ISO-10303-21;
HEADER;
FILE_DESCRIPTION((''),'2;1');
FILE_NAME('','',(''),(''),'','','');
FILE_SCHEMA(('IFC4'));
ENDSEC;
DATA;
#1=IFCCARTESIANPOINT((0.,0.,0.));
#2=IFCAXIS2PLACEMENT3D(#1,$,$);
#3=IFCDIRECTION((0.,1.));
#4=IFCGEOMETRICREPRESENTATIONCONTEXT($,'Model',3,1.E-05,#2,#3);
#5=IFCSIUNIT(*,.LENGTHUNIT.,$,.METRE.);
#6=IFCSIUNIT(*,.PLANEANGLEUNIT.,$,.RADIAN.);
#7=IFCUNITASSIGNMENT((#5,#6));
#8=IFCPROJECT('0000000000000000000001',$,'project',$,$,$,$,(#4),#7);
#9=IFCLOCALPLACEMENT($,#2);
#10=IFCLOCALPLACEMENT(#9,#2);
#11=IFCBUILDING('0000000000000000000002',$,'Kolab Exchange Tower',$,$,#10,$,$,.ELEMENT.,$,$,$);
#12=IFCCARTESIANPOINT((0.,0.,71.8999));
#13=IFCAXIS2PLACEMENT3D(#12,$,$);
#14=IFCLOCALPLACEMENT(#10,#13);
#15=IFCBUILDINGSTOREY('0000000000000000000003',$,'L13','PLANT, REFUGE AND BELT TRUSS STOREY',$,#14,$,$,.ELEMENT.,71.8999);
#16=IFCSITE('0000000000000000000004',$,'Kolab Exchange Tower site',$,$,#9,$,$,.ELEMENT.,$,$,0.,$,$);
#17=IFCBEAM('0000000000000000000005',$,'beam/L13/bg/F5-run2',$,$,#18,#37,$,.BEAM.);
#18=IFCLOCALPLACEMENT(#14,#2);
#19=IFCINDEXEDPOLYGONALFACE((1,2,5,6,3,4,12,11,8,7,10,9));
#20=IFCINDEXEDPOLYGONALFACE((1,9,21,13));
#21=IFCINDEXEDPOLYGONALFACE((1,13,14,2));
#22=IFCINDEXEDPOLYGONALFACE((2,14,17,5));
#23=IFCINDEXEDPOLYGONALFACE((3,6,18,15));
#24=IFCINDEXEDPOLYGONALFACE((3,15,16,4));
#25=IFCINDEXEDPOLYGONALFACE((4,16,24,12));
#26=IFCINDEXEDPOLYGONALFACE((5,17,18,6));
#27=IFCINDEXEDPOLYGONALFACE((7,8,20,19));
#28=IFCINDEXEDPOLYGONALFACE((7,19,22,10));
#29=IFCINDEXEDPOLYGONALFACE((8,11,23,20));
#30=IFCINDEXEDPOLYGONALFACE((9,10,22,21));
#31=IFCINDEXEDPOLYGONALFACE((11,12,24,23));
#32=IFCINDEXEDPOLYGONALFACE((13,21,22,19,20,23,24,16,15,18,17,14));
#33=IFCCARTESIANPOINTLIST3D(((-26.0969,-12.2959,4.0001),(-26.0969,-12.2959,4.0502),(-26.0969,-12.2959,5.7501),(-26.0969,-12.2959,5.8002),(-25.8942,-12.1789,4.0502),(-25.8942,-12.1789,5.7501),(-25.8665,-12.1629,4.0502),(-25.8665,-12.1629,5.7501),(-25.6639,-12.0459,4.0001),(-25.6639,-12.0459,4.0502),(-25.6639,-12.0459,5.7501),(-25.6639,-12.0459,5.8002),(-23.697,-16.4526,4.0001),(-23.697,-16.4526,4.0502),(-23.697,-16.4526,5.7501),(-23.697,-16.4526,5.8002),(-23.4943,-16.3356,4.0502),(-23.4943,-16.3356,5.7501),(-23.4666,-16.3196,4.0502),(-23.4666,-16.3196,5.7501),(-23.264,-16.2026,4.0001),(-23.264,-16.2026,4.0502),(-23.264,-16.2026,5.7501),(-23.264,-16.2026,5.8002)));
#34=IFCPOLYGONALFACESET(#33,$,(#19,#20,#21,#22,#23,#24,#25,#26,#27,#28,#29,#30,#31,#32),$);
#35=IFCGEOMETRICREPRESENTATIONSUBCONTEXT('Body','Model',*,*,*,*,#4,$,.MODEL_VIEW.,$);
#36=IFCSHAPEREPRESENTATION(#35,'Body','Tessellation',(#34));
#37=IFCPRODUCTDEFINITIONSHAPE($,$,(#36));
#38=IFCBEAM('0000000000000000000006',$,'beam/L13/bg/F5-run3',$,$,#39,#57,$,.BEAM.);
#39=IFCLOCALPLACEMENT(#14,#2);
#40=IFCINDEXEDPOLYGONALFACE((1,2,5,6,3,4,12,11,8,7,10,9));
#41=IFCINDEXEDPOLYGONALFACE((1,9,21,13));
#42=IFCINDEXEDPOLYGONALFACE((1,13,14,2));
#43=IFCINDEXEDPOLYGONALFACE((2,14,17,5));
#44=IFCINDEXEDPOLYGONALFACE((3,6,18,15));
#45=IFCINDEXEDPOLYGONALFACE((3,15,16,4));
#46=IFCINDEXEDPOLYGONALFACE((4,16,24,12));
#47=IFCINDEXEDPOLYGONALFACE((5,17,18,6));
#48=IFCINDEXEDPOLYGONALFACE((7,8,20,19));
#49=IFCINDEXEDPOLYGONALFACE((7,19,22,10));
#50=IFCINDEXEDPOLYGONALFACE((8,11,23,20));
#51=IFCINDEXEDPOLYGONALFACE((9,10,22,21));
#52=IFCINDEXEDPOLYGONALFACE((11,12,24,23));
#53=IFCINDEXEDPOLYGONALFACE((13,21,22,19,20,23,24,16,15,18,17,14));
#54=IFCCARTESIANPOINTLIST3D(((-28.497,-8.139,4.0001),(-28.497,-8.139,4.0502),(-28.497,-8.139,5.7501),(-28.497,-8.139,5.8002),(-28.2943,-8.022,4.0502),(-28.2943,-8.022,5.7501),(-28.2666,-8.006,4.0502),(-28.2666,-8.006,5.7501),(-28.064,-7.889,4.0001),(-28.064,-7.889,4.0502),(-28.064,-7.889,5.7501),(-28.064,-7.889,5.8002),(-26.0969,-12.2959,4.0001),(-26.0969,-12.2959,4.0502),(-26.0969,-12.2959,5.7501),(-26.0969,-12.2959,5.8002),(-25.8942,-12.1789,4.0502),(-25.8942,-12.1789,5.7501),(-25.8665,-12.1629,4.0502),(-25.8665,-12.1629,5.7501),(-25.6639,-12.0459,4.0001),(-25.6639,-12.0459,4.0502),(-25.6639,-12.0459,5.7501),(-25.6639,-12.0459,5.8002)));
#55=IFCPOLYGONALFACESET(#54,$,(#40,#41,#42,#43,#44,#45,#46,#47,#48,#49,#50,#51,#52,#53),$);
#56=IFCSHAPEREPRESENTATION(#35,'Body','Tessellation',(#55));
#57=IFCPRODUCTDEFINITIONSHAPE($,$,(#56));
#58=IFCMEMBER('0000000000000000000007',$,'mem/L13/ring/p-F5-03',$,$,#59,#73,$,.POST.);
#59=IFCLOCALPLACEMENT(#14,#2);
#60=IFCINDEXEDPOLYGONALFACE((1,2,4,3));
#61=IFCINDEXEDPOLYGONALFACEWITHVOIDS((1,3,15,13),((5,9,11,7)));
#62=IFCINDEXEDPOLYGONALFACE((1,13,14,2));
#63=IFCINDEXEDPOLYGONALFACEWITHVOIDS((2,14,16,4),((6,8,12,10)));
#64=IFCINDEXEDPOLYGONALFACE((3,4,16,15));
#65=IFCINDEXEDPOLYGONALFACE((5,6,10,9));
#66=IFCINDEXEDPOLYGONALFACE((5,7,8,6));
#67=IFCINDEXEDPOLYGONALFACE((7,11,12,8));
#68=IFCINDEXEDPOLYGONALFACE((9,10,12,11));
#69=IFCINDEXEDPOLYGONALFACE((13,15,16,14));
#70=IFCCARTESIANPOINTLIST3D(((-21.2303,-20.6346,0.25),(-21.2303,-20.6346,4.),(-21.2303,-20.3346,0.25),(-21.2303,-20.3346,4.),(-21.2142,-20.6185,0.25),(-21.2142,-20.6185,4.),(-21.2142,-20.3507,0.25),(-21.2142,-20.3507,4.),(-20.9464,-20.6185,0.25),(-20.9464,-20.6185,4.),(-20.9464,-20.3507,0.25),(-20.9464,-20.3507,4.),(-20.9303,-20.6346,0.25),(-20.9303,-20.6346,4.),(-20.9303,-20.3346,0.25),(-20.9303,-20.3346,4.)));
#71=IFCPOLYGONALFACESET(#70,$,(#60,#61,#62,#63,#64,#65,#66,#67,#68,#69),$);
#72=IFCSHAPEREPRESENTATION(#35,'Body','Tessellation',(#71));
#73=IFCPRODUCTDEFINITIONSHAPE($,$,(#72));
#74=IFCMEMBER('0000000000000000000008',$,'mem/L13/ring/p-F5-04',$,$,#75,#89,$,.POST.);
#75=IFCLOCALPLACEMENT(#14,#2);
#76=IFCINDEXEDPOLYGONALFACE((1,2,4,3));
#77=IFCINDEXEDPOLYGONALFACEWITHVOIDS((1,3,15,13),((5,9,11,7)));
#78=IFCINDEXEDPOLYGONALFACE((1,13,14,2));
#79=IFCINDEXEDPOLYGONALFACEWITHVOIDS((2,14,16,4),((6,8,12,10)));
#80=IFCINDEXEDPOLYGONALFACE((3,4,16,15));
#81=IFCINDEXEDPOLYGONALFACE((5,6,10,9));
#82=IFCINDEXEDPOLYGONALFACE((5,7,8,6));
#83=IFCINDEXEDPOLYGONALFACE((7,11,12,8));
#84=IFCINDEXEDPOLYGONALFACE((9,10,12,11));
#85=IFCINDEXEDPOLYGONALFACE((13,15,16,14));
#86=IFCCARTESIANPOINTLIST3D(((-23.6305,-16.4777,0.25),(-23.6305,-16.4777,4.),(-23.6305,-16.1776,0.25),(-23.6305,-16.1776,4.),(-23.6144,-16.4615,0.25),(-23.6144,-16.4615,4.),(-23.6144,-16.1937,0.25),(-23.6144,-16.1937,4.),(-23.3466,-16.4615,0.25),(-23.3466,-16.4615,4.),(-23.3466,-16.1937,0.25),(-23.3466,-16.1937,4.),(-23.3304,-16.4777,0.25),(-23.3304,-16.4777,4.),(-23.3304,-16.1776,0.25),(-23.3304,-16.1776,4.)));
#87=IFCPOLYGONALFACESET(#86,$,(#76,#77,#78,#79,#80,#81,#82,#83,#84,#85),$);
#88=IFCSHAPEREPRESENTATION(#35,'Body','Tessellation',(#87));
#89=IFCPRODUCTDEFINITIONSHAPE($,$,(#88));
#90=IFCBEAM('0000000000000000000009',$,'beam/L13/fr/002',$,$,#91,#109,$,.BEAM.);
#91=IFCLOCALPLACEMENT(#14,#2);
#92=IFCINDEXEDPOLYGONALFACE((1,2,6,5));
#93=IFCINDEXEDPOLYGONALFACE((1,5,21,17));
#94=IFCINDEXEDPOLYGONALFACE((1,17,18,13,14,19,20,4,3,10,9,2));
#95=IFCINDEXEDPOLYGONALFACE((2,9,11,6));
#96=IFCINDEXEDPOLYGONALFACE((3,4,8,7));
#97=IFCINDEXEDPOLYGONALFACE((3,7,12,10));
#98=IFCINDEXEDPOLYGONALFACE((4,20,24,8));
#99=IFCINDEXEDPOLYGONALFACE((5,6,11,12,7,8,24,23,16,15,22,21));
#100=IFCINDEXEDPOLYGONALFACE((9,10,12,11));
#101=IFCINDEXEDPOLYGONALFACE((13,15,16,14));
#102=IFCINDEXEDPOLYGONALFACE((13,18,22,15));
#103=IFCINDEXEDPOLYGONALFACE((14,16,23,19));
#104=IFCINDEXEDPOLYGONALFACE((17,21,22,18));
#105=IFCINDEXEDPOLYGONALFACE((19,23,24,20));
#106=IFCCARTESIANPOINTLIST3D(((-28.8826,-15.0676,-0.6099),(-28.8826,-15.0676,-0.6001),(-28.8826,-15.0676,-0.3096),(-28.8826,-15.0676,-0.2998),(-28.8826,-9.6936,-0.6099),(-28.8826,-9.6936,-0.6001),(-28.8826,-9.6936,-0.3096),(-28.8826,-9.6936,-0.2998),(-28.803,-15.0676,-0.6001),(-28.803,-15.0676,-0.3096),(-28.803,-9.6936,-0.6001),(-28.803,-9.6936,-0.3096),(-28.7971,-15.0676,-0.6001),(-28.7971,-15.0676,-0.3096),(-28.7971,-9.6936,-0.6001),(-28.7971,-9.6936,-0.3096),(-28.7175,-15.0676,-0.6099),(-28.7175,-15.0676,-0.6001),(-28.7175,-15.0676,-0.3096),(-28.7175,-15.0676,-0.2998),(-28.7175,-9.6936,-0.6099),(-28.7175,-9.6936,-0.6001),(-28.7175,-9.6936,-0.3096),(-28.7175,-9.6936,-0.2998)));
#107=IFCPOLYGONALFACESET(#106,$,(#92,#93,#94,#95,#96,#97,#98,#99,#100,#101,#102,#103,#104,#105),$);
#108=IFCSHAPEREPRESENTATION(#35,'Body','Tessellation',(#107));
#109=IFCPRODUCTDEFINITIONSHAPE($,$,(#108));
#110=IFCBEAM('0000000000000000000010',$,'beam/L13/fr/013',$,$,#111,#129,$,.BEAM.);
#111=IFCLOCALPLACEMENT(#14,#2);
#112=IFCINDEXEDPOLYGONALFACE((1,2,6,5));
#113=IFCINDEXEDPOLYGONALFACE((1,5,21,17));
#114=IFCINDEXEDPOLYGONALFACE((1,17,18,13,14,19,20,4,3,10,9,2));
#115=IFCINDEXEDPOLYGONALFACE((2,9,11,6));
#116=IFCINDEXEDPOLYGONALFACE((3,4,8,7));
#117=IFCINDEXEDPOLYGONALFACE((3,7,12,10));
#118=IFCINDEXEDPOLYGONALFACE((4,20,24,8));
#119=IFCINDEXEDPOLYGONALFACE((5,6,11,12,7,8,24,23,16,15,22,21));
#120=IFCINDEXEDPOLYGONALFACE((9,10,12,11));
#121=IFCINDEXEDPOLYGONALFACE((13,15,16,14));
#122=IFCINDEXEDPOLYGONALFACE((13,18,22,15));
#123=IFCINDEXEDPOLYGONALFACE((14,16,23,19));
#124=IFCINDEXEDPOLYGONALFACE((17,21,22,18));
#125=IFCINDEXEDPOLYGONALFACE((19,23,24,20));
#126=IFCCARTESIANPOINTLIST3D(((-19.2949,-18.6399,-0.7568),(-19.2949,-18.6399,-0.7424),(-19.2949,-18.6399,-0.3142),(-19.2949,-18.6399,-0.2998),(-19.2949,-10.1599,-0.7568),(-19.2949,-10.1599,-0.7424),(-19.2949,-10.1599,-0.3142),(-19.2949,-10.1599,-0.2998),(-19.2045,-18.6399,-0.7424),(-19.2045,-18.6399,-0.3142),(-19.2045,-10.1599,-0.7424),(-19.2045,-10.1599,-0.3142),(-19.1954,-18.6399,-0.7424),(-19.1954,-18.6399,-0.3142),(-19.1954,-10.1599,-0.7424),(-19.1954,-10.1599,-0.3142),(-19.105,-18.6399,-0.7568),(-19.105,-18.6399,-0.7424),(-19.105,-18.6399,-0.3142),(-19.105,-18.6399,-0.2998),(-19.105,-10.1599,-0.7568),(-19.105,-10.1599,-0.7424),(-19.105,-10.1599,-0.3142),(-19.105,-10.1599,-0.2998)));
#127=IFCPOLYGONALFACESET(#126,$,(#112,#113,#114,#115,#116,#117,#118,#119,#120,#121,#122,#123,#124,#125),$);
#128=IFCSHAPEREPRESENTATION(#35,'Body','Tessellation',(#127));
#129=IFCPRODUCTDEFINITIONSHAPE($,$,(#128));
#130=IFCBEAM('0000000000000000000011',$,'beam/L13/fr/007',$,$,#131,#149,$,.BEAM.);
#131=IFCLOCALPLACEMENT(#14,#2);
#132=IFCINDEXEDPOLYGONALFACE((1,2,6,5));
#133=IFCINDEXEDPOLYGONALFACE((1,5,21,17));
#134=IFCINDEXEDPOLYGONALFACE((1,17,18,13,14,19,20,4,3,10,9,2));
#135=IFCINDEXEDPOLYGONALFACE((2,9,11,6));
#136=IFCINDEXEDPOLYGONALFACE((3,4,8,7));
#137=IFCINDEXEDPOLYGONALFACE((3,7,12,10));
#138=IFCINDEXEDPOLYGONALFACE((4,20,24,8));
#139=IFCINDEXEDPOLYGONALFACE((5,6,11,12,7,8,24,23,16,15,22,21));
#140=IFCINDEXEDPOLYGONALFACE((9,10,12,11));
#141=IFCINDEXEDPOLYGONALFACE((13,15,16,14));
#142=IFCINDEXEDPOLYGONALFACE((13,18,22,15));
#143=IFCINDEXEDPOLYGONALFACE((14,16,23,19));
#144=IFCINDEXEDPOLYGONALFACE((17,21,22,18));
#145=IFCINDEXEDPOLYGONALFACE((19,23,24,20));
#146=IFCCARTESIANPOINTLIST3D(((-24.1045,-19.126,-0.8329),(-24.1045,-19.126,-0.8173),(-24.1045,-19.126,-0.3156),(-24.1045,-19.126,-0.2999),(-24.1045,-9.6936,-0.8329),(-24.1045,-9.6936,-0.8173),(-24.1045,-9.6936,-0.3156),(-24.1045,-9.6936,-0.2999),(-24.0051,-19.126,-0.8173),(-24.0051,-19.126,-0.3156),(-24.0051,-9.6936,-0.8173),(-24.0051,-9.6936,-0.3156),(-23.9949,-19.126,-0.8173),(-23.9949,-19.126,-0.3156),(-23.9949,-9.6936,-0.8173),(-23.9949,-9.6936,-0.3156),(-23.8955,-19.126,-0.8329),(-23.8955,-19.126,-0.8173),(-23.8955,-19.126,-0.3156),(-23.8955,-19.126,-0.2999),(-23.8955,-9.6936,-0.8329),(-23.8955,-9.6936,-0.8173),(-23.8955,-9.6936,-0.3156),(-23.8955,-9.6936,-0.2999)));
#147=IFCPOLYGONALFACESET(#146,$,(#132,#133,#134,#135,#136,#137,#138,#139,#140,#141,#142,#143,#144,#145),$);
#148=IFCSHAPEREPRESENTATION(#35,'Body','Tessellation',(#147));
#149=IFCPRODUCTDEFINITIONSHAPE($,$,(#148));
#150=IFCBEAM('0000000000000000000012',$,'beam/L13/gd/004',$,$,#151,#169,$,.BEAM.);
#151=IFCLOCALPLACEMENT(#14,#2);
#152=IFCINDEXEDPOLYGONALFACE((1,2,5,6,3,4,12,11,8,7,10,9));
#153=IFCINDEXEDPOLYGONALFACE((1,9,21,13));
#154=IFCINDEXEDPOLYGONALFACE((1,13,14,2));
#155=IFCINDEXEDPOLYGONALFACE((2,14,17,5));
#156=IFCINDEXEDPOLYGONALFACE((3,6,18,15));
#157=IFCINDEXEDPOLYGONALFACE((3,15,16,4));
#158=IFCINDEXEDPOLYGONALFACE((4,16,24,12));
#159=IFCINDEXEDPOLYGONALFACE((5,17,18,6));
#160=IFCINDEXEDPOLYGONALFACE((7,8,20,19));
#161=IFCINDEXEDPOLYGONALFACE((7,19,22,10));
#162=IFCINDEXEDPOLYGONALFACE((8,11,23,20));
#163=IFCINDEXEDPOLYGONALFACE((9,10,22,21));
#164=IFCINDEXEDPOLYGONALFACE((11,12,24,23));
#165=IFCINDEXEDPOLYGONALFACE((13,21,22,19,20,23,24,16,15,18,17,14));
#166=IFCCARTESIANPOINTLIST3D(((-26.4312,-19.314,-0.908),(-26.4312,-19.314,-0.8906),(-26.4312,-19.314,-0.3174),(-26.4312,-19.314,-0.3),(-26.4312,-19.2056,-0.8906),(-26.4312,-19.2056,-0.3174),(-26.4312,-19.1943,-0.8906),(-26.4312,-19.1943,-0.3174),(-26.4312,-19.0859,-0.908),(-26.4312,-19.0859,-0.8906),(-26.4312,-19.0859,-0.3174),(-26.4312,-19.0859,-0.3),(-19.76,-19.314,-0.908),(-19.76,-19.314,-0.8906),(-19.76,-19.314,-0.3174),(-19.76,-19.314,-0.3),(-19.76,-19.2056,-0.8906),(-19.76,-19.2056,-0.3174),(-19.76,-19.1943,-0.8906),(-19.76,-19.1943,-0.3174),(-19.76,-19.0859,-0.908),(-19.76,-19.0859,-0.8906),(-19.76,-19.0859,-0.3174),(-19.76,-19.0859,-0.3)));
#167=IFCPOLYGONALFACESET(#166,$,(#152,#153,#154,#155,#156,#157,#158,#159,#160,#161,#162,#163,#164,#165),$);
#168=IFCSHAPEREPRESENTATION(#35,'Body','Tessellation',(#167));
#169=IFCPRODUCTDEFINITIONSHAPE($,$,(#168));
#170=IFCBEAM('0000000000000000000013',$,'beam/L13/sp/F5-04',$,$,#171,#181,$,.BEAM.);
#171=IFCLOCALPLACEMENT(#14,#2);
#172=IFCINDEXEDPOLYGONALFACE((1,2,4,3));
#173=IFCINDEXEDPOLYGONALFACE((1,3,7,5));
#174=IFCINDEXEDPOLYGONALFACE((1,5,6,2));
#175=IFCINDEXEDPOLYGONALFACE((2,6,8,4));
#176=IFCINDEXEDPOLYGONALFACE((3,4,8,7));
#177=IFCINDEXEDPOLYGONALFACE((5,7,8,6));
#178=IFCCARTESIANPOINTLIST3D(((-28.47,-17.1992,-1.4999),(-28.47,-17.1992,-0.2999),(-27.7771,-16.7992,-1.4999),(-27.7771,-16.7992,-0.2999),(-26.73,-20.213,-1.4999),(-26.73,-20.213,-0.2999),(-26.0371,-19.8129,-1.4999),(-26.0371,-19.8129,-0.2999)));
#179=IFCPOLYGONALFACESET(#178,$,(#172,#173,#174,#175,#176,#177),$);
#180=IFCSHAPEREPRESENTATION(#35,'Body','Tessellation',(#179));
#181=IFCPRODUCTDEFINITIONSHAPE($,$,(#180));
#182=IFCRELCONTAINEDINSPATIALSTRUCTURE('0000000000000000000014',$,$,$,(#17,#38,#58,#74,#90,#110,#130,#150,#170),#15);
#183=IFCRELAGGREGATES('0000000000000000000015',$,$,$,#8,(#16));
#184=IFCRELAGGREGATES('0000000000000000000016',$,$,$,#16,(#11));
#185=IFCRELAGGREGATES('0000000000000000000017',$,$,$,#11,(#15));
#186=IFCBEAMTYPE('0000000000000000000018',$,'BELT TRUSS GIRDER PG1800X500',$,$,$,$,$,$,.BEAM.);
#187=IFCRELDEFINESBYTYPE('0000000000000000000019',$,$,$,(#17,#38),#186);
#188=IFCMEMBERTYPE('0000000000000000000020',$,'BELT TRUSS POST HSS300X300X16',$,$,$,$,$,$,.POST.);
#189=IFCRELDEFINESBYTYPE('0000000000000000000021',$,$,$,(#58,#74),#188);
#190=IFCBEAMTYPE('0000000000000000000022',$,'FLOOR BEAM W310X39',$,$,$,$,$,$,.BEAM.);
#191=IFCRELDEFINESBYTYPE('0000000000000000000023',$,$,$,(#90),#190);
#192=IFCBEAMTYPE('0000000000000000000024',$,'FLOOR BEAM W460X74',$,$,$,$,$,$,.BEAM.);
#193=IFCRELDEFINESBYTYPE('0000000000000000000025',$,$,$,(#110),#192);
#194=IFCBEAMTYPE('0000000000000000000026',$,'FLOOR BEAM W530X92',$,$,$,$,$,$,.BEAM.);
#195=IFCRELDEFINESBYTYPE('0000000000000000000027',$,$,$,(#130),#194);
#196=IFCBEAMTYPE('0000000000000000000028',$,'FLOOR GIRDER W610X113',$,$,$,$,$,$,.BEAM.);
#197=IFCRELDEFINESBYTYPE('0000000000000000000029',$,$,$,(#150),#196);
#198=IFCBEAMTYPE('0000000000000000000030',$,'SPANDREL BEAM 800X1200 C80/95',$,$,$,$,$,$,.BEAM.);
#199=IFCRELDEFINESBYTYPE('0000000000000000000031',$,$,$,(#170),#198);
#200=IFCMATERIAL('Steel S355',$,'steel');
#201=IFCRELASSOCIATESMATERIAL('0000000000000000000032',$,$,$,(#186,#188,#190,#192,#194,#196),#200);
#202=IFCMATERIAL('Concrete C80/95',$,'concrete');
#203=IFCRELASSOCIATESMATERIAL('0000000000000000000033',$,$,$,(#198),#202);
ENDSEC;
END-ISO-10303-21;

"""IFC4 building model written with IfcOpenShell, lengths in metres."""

from ifc_helpers import new_model, si_unit, direction, frame, origin, origin_2d, place, context, subcontext, project, spatial, rectangle, hollow_rectangle, i_section, extrude, material, material_profile, profile_set, type_object, element, save


model = new_model("IFC4")

# Units and contexts
model_context = context("Model", 3, precision=1e-05, world=origin(), true_north=direction((0.0, 1.0)))
body_context = subcontext(model_context, "Body", "Model", "MODEL_VIEW")
ifc_project = project(units=[si_unit("LENGTHUNIT", "METRE"), si_unit("PLANEANGLEUNIT", "RADIAN")], contexts=[model_context])

# Site, building, storey
site_placement = place(None, origin())
site = spatial("IfcSite", under=ifc_project, at=site_placement, Name="Kolab Exchange Tower site", CompositionType="ELEMENT", RefElevation=0.0)
building_placement = place(site_placement, origin())
building = spatial("IfcBuilding", under=site, at=building_placement, Name="Kolab Exchange Tower", CompositionType="ELEMENT")
storey_placement = place(building_placement, frame((0.0, 0.0, 71.8999)))
storey = spatial("IfcBuildingStorey", under=building, at=storey_placement, Name="L13", Description="PLANT, REFUGE AND BELT TRUSS STOREY", CompositionType="ELEMENT", Elevation=71.8999)

# Shared definitions
ifc_material_1 = material(Name="Concrete C80/95", Category="concrete")

# Shared definitions
ifc_material_2 = material(Name="Steel S355", Category="steel")

# Beams
ifc_material_profile_1 = material_profile(ifc_material_2, i_section(OverallWidth=0.5, OverallDepth=1.8, WebThickness=0.032, FlangeThickness=0.05, at=origin_2d()), Name="PG1800X500")
ifc_profile_set_1 = profile_set([ifc_material_profile_1], Name="Steel S355")
beam_type_1 = type_object("IfcBeamType", Name="BELT TRUSS GIRDER PG1800X500", PredefinedType="BEAM", material=ifc_profile_set_1)
beam_1_placement = place(storey_placement, frame((-23.4805, -16.3276, 4.9001), z_axis=(-0.500001, 0.866025, 0.0), x_axis=(-0.866025, -0.500001, 0.0)))
element("IfcBeam", 1, at=beam_1_placement, inside=storey, type_object=beam_type_1, Name="beam/L13/bg/F5-run2", PredefinedType="BEAM", context=body_context, shape_type="SweptSolid", body=[
    extrude(i_section(OverallWidth=0.5, OverallDepth=1.8, WebThickness=0.032, FlangeThickness=0.05, at=origin_2d()), origin(), (0.0, 0.0, 1.0), 4.7998),
])
beam_2_placement = place(storey_placement, frame((-25.8804, -12.1709, 4.9001), z_axis=(-0.500017, 0.866015, 0.0), x_axis=(-0.866015, -0.500017, 0.0)))
element("IfcBeam", 2, at=beam_2_placement, inside=storey, type_object=beam_type_1, Name="beam/L13/bg/F5-run3", PredefinedType="BEAM", context=body_context, shape_type="SweptSolid", body=[
    extrude(i_section(OverallWidth=0.5, OverallDepth=1.8, WebThickness=0.032, FlangeThickness=0.05, at=origin_2d()), origin(), (0.0, 0.0, 1.0), 4.8),
])

# Members
ifc_material_profile_2 = material_profile(ifc_material_2, hollow_rectangle(XDim=0.3, YDim=0.3, WallThickness=0.0161, at=origin_2d()), Name="HSS300X300X16")
ifc_profile_set_2 = profile_set([ifc_material_profile_2], Name="Steel S355")
member_type_1 = type_object("IfcMemberType", Name="BELT TRUSS POST HSS300X300X16", PredefinedType="POST", material=ifc_profile_set_2)
for number, where, z_axis, x_axis, name in (
    (3, (-21.0803, -20.4846, 0.25), (0.0, 0.0, 1.0), (1.0, 0.0, 0.0), "mem/L13/ring/p-F5-03"),
    (4, (-23.4805, -16.3276, 0.25), (0.0, 0.0, 1.0), (1.0, 0.0, 0.0), "mem/L13/ring/p-F5-04"),
):
    element("IfcMember", number, at=place(storey_placement, frame(where, z_axis=z_axis, x_axis=x_axis)), inside=storey, type_object=member_type_1, Name=name, PredefinedType="POST", context=body_context, shape_type="SweptSolid", body=[
        extrude(hollow_rectangle(XDim=0.3, YDim=0.3, WallThickness=0.0161, at=origin_2d()), origin(), (0.0, 0.0, 1.0), 3.75),
    ])

# Beams
ifc_material_profile_3 = material_profile(ifc_material_2, i_section(OverallWidth=0.165, OverallDepth=0.3101, WebThickness=0.0059, FlangeThickness=0.0098, at=origin_2d()), Name="W310X39")
ifc_profile_set_3 = profile_set([ifc_material_profile_3], Name="Steel S355")
beam_type_2 = type_object("IfcBeamType", Name="FLOOR BEAM W310X39", PredefinedType="BEAM", material=ifc_profile_set_3)
beam_3_placement = place(storey_placement, frame((-28.8, -15.0676, -0.4548), z_axis=(0.0, 1.0, 0.0), x_axis=(-1.0, 0.0, 0.0)))
element("IfcBeam", 5, at=beam_3_placement, inside=storey, type_object=beam_type_2, Name="beam/L13/fr/002", PredefinedType="BEAM", context=body_context, shape_type="SweptSolid", body=[
    extrude(i_section(OverallWidth=0.165, OverallDepth=0.3101, WebThickness=0.0059, FlangeThickness=0.0098, at=origin_2d()), origin(), (0.0, 0.0, 1.0), 5.374),
])
ifc_material_profile_4 = material_profile(ifc_material_2, i_section(OverallWidth=0.1899, OverallDepth=0.457, WebThickness=0.009, FlangeThickness=0.0144, at=origin_2d()), Name="W460X74")
ifc_profile_set_4 = profile_set([ifc_material_profile_4], Name="Steel S355")
beam_type_3 = type_object("IfcBeamType", Name="FLOOR BEAM W460X74", PredefinedType="BEAM", material=ifc_profile_set_4)
beam_4_placement = place(storey_placement, frame((-19.2, -18.6399, -0.5283), z_axis=(0.0, 1.0, 0.0), x_axis=(-1.0, 0.0, 0.0)))
element("IfcBeam", 6, at=beam_4_placement, inside=storey, type_object=beam_type_3, Name="beam/L13/fr/013", PredefinedType="BEAM", context=body_context, shape_type="SweptSolid", body=[
    extrude(i_section(OverallWidth=0.1899, OverallDepth=0.457, WebThickness=0.009, FlangeThickness=0.0144, at=origin_2d()), origin(), (0.0, 0.0, 1.0), 8.48),
])
ifc_material_profile_5 = material_profile(ifc_material_2, i_section(OverallWidth=0.209, OverallDepth=0.533, WebThickness=0.0103, FlangeThickness=0.0156, at=origin_2d()), Name="W530X92")
ifc_profile_set_5 = profile_set([ifc_material_profile_5], Name="Steel S355")
beam_type_4 = type_object("IfcBeamType", Name="FLOOR BEAM W530X92", PredefinedType="BEAM", material=ifc_profile_set_5)
beam_5_placement = place(storey_placement, frame((-24.0, -19.126, -0.5664), z_axis=(0.0, 1.0, 0.0), x_axis=(-1.0, 0.0, 0.0)))
element("IfcBeam", 7, at=beam_5_placement, inside=storey, type_object=beam_type_4, Name="beam/L13/fr/007", PredefinedType="BEAM", context=body_context, shape_type="SweptSolid", body=[
    extrude(i_section(OverallWidth=0.209, OverallDepth=0.533, WebThickness=0.0103, FlangeThickness=0.0156, at=origin_2d()), origin(), (0.0, 0.0, 1.0), 9.4324),
])
ifc_material_profile_6 = material_profile(ifc_material_2, i_section(OverallWidth=0.228, OverallDepth=0.6079, WebThickness=0.0112, FlangeThickness=0.0173, at=origin_2d()), Name="W610X113")
ifc_profile_set_6 = profile_set([ifc_material_profile_6], Name="Steel S355")
beam_type_5 = type_object("IfcBeamType", Name="FLOOR GIRDER W610X113", PredefinedType="BEAM", material=ifc_profile_set_6)
beam_6_placement = place(storey_placement, frame((-26.4312, -19.2, -0.604), z_axis=(1.0, 0.0, 0.0), x_axis=(0.0, 1.0, 0.0)))
element("IfcBeam", 8, at=beam_6_placement, inside=storey, type_object=beam_type_5, Name="beam/L13/gd/004", PredefinedType="BEAM", context=body_context, shape_type="SweptSolid", body=[
    extrude(i_section(OverallWidth=0.228, OverallDepth=0.6079, WebThickness=0.0112, FlangeThickness=0.0173, at=origin_2d()), origin(), (0.0, 0.0, 1.0), 6.6711),
])
ifc_material_profile_7 = material_profile(ifc_material_1, rectangle(XDim=0.8, YDim=1.2, at=origin_2d()), Name="RC800X1200")
ifc_profile_set_7 = profile_set([ifc_material_profile_7], Name="Concrete C80/95")
beam_type_6 = type_object("IfcBeamType", Name="SPANDREL BEAM 800X1200 C80/95", PredefinedType="BEAM", material=ifc_profile_set_7)
beam_7_placement = place(storey_placement, frame((-26.3835, -20.0129, -0.8999), z_axis=(-0.50001, 0.86602, 0.0), x_axis=(-0.86602, -0.50001, 0.0)))
element("IfcBeam", 9, at=beam_7_placement, inside=storey, type_object=beam_type_6, Name="beam/L13/sp/F5-04", PredefinedType="BEAM", context=body_context, shape_type="SweptSolid", body=[
    extrude(rectangle(XDim=0.8, YDim=1.2, at=origin_2d()), origin(), (0.0, 0.0, 1.0), 3.48),
])

save(model, "model.ifc")
